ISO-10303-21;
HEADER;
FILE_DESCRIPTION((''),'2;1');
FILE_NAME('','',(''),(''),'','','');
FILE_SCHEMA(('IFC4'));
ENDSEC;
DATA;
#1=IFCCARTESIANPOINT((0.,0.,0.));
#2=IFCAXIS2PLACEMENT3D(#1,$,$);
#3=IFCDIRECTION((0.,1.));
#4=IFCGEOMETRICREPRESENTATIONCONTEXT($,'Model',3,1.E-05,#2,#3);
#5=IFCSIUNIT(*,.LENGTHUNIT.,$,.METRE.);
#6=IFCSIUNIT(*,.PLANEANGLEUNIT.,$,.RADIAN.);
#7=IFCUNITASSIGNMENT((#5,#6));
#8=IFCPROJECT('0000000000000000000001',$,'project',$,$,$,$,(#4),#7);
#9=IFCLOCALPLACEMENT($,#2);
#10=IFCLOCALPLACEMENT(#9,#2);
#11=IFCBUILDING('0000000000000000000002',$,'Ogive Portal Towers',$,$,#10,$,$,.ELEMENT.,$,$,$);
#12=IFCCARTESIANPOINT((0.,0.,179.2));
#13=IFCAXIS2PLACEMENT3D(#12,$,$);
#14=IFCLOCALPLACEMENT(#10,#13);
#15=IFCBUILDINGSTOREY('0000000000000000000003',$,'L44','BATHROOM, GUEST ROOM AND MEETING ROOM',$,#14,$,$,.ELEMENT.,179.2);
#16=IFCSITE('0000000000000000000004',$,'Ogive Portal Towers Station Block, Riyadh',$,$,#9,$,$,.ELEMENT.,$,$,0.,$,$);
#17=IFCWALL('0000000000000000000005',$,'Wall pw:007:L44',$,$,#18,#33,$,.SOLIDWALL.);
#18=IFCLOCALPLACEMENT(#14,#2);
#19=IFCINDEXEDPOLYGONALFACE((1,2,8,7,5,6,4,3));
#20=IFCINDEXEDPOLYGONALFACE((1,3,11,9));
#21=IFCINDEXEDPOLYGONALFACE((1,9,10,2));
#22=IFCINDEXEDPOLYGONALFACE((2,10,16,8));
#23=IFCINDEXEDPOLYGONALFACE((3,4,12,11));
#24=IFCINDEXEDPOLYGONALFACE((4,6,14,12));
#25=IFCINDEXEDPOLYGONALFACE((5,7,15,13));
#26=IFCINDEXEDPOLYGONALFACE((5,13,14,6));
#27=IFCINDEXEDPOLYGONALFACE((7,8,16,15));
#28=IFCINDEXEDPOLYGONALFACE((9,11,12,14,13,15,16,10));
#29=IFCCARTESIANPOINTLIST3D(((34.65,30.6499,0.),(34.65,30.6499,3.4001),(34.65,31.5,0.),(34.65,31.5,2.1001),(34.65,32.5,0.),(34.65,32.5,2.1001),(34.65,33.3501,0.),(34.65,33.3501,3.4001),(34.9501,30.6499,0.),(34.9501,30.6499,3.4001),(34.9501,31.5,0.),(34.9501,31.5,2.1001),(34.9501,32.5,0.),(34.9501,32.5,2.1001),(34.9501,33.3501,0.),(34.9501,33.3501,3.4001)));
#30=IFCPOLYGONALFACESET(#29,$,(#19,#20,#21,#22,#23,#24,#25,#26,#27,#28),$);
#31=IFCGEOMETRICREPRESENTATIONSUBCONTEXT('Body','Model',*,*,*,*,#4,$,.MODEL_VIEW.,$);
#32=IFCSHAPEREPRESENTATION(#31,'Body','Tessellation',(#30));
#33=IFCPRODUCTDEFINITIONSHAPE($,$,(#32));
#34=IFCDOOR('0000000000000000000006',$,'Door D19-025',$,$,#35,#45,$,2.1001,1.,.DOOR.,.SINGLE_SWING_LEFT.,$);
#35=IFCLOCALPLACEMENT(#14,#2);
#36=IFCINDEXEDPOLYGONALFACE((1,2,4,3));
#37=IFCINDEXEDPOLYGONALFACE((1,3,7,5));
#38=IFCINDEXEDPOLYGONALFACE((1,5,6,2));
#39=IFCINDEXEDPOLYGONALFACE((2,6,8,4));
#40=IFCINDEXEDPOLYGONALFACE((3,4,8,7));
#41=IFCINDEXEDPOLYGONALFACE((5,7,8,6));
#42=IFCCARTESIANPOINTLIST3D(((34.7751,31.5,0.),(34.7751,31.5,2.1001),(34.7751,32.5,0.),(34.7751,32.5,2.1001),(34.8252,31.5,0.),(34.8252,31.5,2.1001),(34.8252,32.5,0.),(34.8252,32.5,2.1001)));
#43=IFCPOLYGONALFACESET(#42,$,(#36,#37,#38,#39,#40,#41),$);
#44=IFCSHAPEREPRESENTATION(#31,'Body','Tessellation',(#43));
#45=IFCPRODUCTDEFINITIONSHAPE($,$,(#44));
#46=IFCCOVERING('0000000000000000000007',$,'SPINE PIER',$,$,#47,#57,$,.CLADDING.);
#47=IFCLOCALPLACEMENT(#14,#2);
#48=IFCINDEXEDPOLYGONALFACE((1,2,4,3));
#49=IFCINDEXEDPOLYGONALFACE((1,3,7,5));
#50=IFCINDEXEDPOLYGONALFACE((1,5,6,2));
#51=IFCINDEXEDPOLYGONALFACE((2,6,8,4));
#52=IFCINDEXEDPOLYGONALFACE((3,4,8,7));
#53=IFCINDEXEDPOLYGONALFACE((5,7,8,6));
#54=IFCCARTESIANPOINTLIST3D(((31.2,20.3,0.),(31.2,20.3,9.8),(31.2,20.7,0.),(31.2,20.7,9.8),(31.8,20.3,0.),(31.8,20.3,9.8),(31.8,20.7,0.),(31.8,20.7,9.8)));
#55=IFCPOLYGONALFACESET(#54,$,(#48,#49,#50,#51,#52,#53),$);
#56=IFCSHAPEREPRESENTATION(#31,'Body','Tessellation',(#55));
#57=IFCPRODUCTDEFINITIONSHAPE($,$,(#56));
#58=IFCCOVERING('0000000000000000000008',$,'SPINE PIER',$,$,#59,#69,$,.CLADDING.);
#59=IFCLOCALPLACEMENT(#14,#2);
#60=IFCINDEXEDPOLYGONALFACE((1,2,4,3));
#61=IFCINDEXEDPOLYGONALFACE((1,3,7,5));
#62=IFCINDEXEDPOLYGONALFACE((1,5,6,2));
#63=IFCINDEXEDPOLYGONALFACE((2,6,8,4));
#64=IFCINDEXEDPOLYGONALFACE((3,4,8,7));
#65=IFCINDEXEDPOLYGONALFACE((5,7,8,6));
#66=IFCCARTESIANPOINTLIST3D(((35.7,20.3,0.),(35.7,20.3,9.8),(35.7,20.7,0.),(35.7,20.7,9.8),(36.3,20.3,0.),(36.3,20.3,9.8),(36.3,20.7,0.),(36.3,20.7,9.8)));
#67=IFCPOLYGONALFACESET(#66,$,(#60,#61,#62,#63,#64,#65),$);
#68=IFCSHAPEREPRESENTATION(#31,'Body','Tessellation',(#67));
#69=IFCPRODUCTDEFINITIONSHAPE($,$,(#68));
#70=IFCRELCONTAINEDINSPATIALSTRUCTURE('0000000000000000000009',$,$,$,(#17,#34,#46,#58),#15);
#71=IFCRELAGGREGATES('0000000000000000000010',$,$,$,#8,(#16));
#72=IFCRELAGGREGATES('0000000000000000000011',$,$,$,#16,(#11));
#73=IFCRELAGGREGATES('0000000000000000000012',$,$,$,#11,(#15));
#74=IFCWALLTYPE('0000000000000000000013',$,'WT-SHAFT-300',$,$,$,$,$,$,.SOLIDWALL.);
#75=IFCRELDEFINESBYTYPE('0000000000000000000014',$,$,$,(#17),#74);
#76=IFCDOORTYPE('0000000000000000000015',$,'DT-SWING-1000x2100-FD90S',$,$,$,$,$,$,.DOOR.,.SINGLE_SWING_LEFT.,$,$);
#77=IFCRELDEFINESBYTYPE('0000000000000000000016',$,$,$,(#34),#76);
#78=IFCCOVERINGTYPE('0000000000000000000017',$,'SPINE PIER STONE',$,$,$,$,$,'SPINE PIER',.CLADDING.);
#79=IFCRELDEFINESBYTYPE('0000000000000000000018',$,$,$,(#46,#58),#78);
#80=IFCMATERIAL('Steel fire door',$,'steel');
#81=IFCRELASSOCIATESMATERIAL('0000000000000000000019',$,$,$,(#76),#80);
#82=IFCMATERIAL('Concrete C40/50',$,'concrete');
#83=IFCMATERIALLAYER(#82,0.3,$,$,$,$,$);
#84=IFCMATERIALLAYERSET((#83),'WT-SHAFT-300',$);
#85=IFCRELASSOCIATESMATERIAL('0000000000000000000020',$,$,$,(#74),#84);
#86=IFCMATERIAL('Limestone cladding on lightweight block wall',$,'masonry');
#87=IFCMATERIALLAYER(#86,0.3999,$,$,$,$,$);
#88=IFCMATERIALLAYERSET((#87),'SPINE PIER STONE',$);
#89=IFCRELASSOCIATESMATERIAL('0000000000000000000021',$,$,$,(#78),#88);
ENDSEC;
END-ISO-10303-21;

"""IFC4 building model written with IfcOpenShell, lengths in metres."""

from ifc_helpers import new_model, si_unit, direction, frame, frame_2d, origin, origin_2d, place, context, subcontext, project, spatial, rectangle, extrude, material, layer, layer_set, type_object, element, fill, save


model = new_model("IFC4")

# Units and contexts
model_context = context("Model", 3, precision=1e-05, world=origin(), true_north=direction((0.0, 1.0)))
body_context = subcontext(model_context, "Body", "Model", "MODEL_VIEW")
ifc_project = project(units=[si_unit("LENGTHUNIT", "METRE"), si_unit("PLANEANGLEUNIT", "RADIAN")], contexts=[model_context])

# Site, building, storey
site_placement = place(None, origin())
site = spatial("IfcSite", under=ifc_project, at=site_placement, Name="Ogive Portal Towers Station Block, Riyadh", CompositionType="ELEMENT", RefElevation=0.0)
building_placement = place(site_placement, origin())
building = spatial("IfcBuilding", under=site, at=building_placement, Name="Ogive Portal Towers", CompositionType="ELEMENT")
storey_placement = place(building_placement, frame((0.0, 0.0, 179.2)))
storey = spatial("IfcBuildingStorey", under=building, at=storey_placement, Name="L44", Description="BATHROOM, GUEST ROOM AND MEETING ROOM", CompositionType="ELEMENT", Elevation=179.2)

# Shared definitions
ifc_material_1 = material(Name="Concrete C40/50", Category="concrete")

# Shared definitions
ifc_material_2 = material(Name="Steel fire door", Category="steel")
door_type_1 = type_object("IfcDoorType", Name="DT-SWING-1000x2100-FD90S", OperationType="SINGLE_SWING_LEFT", PredefinedType="DOOR", material=ifc_material_2)

# Shared definitions
ifc_material_3 = material(Name="Limestone cladding on lightweight block wall", Category="masonry")

# Wall, opening, door
ifc_layer_1 = layer(ifc_material_1, 0.3)
ifc_layer_set_1 = layer_set([ifc_layer_1], Name="WT-SHAFT-300")
wall_type_1 = type_object("IfcWallType", Name="WT-SHAFT-300", PredefinedType="SOLIDWALL", material=ifc_layer_set_1)
wall_1_placement = place(storey_placement, frame((34.8, 30.6499, 0.0), z_axis=(0.0, 0.0, 1.0), x_axis=(0.0, 1.0, 0.0)))
wall_1 = element("IfcWall", 1, at=wall_1_placement, inside=storey, type_object=wall_type_1, Name="Wall pw:007:L44", PredefinedType="SOLIDWALL", context=body_context, shape_type="SweptSolid", body=[
    extrude(rectangle(XDim=2.7002, YDim=0.3, at=frame_2d((1.3501, 0.0))), origin(), (0.0, 0.0, 1.0), 3.4001),
])
opening_1_placement = place(wall_1_placement, frame((0.8501, 0.0, 0.0)))
opening_1 = element("IfcOpeningElement", 2, at=opening_1_placement, cuts=wall_1, PredefinedType="OPENING", context=body_context, shape_type="SweptSolid", body=[
    extrude(rectangle(XDim=1.0, YDim=2.1001, at=frame_2d((0.5, 1.05))), frame((0.0, 0.1602, 0.0), z_axis=(0.0, -1.0, 0.0), x_axis=(1.0, 0.0, 0.0)), (0.0, 0.0, 1.0), 0.3201),
])
door_1_placement = place(opening_1_placement, origin())
door_1 = element("IfcDoor", 3, at=door_1_placement, inside=storey, type_object=door_type_1, Name="Door D19-025", OperationType="SINGLE_SWING_LEFT", OverallHeight=2.1001, OverallWidth=1.0, PredefinedType="DOOR", context=body_context, shape_type="SweptSolid", body=[
    extrude(rectangle(XDim=1.0, YDim=2.1001, at=frame_2d((0.5, 1.05))), frame((0.0, 0.0249, 0.0), z_axis=(0.0, -1.0, 0.0), x_axis=(1.0, 0.0, 0.0)), (0.0, 0.0, 1.0), 0.05),
])
fill(opening_1, door_1)

# Coverings
ifc_layer_2 = layer(ifc_material_3, 0.3999)
ifc_layer_set_2 = layer_set([ifc_layer_2], Name="SPINE PIER STONE")
covering_type = type_object("IfcCoveringType", Name="SPINE PIER STONE", ElementType="SPINE PIER", PredefinedType="CLADDING", material=ifc_layer_set_2)
for number, where, z_axis, x_axis, name in (
    (4, (31.5, 20.5, 0.0), (0.0, 0.0, 1.0), (1.0, 0.0, 0.0), "SPINE PIER"),
    (5, (36.0, 20.5, 0.0), (0.0, 0.0, 1.0), (1.0, 0.0, 0.0), "SPINE PIER"),
):
    element("IfcCovering", number, at=place(storey_placement, frame(where, z_axis=z_axis, x_axis=x_axis)), inside=storey, type_object=covering_type, Name=name, PredefinedType="CLADDING", context=body_context, shape_type="SweptSolid", body=[
        extrude(rectangle(XDim=0.6001, YDim=0.3999, at=origin_2d()), origin(), (0.0, 0.0, 1.0), 9.8),
    ])

save(model, "model.ifc")
